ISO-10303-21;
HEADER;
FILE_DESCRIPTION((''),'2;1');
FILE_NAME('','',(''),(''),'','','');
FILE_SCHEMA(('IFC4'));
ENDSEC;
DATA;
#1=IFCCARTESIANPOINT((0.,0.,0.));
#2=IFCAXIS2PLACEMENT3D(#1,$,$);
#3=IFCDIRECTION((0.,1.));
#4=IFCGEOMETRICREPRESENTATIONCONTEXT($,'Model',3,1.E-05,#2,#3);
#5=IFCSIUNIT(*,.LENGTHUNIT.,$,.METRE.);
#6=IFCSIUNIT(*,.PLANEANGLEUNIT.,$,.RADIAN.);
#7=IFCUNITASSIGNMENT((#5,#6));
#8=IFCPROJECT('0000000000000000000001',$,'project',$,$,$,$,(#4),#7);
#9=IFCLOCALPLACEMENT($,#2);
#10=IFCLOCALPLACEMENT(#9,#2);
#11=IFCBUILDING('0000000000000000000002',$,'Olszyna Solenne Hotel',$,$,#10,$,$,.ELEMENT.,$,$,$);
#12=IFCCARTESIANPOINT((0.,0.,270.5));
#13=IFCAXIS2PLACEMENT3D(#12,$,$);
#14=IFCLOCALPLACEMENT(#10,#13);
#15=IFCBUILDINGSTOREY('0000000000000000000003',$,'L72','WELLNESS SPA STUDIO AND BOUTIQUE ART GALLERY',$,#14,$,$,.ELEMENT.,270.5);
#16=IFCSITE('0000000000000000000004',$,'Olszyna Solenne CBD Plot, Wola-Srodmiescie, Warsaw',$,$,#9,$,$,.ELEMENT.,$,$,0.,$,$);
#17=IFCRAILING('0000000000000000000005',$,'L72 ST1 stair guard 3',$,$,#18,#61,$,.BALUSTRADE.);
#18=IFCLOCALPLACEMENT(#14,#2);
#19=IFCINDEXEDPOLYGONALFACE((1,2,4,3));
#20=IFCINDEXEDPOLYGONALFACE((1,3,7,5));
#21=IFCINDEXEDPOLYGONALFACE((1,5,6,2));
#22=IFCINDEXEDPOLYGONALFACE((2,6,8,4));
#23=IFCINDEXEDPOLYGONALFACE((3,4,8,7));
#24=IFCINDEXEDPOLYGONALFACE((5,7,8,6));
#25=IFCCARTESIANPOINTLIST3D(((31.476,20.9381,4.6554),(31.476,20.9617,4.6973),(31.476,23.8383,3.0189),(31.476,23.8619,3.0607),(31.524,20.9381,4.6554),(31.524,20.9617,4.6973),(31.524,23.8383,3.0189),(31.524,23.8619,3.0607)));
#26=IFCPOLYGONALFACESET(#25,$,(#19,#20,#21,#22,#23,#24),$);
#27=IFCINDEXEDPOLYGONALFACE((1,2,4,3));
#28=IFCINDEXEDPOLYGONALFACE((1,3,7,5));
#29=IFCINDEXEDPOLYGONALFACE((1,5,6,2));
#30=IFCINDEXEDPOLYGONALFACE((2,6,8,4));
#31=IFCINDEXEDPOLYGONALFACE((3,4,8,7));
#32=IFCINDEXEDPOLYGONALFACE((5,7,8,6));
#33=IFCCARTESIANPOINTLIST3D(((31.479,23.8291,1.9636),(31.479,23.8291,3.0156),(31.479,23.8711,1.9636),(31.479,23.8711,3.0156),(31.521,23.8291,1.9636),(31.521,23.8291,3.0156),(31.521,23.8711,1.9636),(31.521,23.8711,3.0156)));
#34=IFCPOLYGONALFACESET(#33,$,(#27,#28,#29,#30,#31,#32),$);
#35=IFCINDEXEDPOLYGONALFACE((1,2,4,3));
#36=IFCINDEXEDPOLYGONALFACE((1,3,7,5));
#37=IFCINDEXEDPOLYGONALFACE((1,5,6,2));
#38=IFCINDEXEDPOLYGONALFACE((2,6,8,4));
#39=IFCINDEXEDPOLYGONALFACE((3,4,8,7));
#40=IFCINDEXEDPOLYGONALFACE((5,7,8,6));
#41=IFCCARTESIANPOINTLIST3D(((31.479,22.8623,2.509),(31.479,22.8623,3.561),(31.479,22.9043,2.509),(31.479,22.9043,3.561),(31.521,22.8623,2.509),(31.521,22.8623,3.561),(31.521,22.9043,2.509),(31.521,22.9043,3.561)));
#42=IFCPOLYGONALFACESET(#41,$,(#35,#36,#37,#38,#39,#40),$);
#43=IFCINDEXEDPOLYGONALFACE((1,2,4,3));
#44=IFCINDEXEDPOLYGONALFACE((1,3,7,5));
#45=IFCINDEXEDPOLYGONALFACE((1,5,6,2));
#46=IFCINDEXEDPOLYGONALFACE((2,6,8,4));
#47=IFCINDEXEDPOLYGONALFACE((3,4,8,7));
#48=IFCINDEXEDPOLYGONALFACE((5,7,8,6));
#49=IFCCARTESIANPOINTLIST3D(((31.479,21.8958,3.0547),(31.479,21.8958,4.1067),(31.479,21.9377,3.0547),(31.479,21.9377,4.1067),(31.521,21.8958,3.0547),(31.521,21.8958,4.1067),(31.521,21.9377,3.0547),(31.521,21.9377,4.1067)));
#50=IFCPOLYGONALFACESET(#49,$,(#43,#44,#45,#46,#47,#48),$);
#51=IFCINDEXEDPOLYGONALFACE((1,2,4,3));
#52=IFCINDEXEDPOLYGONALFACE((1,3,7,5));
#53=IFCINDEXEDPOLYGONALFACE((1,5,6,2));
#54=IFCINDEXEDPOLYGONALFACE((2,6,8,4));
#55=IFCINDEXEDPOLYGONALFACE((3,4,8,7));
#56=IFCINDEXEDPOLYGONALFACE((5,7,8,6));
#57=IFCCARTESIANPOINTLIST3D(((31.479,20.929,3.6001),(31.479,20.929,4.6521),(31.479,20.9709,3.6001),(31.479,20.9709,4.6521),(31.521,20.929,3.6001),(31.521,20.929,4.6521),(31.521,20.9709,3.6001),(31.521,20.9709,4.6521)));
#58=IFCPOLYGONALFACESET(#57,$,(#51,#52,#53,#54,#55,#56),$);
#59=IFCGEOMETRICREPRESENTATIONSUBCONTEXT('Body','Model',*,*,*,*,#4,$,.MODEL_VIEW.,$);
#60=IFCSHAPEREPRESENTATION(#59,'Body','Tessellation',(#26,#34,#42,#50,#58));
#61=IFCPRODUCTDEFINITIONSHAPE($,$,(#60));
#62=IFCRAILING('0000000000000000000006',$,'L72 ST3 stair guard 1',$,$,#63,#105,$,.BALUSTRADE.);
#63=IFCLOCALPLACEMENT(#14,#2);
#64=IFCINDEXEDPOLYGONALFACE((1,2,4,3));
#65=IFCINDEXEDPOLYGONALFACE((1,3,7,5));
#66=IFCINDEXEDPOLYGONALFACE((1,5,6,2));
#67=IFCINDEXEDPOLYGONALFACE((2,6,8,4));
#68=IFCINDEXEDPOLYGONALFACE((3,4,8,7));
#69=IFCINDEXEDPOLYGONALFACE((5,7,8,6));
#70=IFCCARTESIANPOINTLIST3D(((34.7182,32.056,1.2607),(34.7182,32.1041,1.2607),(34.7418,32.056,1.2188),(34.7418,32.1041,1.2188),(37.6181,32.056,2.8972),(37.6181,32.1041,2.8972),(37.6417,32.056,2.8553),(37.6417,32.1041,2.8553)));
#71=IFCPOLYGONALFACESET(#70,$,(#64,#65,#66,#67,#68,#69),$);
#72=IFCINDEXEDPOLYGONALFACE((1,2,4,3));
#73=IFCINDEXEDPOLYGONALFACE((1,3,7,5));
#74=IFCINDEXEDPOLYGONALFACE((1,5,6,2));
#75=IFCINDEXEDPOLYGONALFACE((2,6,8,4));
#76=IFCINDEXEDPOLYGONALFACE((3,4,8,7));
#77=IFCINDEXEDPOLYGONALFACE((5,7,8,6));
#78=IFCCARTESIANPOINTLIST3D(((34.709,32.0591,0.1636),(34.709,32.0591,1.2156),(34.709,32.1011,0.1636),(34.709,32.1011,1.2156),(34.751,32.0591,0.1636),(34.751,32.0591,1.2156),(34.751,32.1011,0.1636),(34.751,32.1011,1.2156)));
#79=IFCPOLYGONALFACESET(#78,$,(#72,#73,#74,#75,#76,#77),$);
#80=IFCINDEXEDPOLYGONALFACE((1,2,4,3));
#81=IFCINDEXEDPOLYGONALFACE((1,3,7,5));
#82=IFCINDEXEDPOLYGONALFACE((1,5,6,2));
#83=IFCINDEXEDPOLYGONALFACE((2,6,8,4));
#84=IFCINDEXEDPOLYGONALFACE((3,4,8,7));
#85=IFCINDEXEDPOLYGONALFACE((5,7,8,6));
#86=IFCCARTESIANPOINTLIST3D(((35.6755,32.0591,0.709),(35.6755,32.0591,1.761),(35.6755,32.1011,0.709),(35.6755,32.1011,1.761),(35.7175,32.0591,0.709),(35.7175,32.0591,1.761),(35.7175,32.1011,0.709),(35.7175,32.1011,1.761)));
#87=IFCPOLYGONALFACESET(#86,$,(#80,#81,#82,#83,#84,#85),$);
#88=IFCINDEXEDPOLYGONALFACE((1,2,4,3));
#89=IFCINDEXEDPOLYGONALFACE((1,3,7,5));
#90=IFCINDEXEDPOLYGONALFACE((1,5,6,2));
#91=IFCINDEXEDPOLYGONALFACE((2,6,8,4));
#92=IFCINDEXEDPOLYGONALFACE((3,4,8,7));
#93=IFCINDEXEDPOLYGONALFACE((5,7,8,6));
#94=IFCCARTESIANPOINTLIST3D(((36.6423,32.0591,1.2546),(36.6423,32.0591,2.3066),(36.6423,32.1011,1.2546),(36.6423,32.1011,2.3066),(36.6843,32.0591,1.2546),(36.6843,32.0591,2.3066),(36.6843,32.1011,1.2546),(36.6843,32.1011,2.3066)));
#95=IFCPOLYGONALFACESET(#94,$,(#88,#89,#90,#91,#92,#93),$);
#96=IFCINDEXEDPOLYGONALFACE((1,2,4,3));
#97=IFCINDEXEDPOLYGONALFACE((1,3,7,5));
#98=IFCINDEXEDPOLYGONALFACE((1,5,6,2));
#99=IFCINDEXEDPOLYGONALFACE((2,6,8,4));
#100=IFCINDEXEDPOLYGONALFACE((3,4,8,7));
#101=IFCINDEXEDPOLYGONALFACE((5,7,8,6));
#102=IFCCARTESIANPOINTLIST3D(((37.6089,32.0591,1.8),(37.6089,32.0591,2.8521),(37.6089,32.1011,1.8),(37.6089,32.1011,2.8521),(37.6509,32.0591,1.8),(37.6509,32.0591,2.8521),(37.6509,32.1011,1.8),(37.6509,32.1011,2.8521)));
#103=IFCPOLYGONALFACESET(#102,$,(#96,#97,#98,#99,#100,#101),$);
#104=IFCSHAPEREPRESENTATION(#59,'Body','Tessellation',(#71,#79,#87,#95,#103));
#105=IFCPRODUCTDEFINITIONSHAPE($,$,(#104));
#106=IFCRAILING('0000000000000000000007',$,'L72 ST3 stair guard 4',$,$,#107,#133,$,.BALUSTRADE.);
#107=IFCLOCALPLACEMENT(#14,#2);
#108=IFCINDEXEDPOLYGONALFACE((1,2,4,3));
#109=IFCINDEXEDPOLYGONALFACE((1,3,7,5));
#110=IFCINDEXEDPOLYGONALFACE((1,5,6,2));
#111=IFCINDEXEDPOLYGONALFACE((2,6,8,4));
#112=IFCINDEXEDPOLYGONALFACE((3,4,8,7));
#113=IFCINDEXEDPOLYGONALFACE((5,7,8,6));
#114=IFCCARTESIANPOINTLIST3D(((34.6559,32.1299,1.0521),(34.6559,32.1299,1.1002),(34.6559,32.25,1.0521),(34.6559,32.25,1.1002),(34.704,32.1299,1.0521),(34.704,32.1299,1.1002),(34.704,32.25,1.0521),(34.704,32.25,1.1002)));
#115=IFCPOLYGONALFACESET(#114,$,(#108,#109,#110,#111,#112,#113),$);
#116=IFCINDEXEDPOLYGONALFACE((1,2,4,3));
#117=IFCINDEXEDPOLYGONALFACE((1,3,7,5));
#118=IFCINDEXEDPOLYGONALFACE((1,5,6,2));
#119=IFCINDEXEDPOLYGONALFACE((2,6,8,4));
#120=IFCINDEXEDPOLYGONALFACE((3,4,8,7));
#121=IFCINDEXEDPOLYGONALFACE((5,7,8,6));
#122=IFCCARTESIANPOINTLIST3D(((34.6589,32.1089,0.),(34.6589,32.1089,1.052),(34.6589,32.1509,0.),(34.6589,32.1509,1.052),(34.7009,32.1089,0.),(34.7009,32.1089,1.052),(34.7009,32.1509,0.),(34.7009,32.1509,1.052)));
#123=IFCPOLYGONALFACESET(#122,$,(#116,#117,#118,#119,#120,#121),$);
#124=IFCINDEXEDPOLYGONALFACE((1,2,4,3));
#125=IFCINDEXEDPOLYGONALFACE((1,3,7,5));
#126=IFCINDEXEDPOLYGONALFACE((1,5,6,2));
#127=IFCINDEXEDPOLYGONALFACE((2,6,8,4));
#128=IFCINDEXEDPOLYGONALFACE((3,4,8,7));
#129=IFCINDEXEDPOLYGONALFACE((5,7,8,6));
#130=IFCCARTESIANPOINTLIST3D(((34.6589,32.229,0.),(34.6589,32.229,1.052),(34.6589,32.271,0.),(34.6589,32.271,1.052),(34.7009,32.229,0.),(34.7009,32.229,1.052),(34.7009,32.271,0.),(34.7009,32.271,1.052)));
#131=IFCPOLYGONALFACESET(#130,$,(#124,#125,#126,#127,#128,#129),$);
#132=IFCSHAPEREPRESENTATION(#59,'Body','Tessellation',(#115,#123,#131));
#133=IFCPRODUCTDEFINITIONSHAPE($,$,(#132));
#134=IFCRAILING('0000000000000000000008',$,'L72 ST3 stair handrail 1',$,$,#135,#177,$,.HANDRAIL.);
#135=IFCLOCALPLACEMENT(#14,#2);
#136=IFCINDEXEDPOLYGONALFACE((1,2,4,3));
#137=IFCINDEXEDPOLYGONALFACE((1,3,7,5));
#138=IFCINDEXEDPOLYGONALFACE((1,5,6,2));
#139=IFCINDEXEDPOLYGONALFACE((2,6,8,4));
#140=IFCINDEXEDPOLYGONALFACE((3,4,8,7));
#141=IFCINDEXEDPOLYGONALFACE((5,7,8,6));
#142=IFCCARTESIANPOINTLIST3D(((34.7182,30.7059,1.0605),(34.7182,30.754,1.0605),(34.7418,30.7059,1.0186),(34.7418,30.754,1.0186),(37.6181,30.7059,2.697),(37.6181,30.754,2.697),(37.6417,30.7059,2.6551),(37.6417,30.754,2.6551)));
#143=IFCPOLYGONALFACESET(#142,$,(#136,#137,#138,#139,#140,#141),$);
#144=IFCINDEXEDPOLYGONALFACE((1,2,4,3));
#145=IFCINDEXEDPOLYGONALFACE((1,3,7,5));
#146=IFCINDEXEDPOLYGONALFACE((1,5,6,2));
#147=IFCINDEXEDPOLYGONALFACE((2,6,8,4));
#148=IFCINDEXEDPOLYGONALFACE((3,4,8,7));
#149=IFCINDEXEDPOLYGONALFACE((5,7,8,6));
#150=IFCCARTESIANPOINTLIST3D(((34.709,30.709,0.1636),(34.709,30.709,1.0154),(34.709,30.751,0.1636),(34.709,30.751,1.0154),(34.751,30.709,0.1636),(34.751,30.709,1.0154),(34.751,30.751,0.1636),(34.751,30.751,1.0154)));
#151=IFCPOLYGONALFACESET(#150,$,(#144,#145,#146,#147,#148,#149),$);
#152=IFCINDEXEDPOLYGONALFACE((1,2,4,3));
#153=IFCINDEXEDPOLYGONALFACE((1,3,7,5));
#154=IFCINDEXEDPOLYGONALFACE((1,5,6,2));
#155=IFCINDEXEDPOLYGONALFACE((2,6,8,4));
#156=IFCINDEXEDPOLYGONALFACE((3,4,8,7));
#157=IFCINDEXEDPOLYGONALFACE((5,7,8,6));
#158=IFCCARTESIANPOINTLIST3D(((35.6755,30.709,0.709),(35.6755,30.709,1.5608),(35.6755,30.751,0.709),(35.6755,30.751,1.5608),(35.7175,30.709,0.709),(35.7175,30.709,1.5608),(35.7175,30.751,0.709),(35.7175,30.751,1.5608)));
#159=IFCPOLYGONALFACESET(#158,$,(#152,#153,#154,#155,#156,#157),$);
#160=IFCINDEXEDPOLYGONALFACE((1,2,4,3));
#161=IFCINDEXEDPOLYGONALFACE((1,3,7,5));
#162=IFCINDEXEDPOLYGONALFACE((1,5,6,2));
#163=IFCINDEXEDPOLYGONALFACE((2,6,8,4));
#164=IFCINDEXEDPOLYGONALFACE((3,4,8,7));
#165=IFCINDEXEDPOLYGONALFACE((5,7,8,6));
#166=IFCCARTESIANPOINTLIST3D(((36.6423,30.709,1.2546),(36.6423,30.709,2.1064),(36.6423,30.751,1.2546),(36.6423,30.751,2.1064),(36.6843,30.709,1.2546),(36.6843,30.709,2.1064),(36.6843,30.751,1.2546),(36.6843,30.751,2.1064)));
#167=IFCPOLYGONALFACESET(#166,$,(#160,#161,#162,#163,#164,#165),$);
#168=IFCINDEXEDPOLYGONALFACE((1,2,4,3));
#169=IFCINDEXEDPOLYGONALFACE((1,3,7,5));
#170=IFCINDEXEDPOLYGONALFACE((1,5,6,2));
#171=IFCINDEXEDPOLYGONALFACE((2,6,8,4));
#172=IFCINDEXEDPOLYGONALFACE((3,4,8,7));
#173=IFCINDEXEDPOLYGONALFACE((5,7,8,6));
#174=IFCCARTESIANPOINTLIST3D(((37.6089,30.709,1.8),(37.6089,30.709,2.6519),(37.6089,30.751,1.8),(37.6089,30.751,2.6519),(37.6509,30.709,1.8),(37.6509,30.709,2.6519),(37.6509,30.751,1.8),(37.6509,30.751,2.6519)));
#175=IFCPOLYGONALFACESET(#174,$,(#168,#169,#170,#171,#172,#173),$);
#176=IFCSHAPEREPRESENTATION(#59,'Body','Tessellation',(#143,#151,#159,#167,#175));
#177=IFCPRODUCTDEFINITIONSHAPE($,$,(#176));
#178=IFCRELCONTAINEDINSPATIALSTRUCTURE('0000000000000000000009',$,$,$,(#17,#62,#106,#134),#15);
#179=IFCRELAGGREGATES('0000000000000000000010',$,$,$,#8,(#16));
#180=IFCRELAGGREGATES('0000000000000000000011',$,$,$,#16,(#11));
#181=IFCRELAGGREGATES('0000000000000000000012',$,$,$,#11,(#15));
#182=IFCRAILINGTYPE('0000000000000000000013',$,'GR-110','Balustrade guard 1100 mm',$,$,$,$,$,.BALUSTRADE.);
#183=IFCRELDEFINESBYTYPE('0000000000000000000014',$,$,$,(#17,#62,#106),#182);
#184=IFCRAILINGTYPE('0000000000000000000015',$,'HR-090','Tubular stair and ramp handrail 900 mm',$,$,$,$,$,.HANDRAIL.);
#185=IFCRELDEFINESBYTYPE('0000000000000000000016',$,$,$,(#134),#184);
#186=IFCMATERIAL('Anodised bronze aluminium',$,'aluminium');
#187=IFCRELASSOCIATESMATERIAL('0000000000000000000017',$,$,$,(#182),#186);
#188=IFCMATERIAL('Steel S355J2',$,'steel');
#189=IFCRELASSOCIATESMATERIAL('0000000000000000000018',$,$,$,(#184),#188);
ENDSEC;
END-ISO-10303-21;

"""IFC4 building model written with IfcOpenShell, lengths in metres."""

from ifc_helpers import new_model, si_unit, direction, frame, origin, origin_2d, place, context, subcontext, project, spatial, rectangle, extrude, material, type_object, element, save


model = new_model("IFC4")

# Units and contexts
model_context = context("Model", 3, precision=1e-05, world=origin(), true_north=direction((0.0, 1.0)))
body_context = subcontext(model_context, "Body", "Model", "MODEL_VIEW")
ifc_project = project(units=[si_unit("LENGTHUNIT", "METRE"), si_unit("PLANEANGLEUNIT", "RADIAN")], contexts=[model_context])

# Site, building, storey
site_placement = place(None, origin())
site = spatial("IfcSite", under=ifc_project, at=site_placement, Name="Olszyna Solenne CBD Plot, Wola-Srodmiescie, Warsaw", CompositionType="ELEMENT", RefElevation=0.0)
building_placement = place(site_placement, origin())
building = spatial("IfcBuilding", under=site, at=building_placement, Name="Olszyna Solenne Hotel", CompositionType="ELEMENT")
storey_placement = place(building_placement, frame((0.0, 0.0, 270.5)))
storey = spatial("IfcBuildingStorey", under=building, at=storey_placement, Name="L72", Description="WELLNESS SPA STUDIO AND BOUTIQUE ART GALLERY", CompositionType="ELEMENT", Elevation=270.5)

# Shared definitions
ifc_material_1 = material(Name="Steel S355J2", Category="steel")

# Shared definitions
ifc_material_2 = material(Name="Anodised bronze aluminium", Category="aluminium")

# Railings
railing_type_1 = type_object("IfcRailingType", Name="GR-110", Description="Balustrade guard 1100 mm", PredefinedType="BALUSTRADE", material=ifc_material_2)
railing_1_placement = place(storey_placement, frame((31.5, 23.8501, 1.9636)))
element("IfcRailing", 1, at=railing_1_placement, inside=storey, type_object=railing_type_1, Name="L72 ST1 stair guard 3", PredefinedType="BALUSTRADE", context=body_context, shape_type="SweptSolid", body=[
    extrude(rectangle(XDim=0.0481, YDim=0.0481, at=origin_2d()), frame((0.0, 0.0, 1.0762), z_axis=(0.0, -0.870915, 0.491434), x_axis=(1.0, 0.0, 0.0)), (0.0, 0.0, 1.0), 3.3301),
    extrude(rectangle(XDim=0.042, YDim=0.042, at=origin_2d()), origin(), (0.0, 0.0, 1.0), 1.052),
    extrude(rectangle(XDim=0.042, YDim=0.042, at=origin_2d()), frame((0.0, -0.9668, 0.5454)), (0.0, 0.0, 1.0), 1.052),
    extrude(rectangle(XDim=0.042, YDim=0.042, at=origin_2d()), frame((0.0, -1.9333, 1.0911)), (0.0, 0.0, 1.0), 1.052),
    extrude(rectangle(XDim=0.042, YDim=0.042, at=origin_2d()), frame((0.0, -2.9001, 1.6365)), (0.0, 0.0, 1.0), 1.052),
])
railing_2_placement = place(storey_placement, frame((34.73, 32.0801, 0.1636)))
element("IfcRailing", 2, at=railing_2_placement, inside=storey, type_object=railing_type_1, Name="L72 ST3 stair guard 1", PredefinedType="BALUSTRADE", context=body_context, shape_type="SweptSolid", body=[
    extrude(rectangle(XDim=0.0481, YDim=0.0481, at=origin_2d()), frame((0.0, 0.0, 1.0762), z_axis=(0.870897, 0.0, 0.491465), x_axis=(0.0, 1.0, 0.0)), (0.0, 0.0, 1.0), 3.3298),
    extrude(rectangle(XDim=0.042, YDim=0.042, at=origin_2d()), origin(), (0.0, 0.0, 1.0), 1.052),
    extrude(rectangle(XDim=0.042, YDim=0.042, at=origin_2d()), frame((0.9666, 0.0, 0.5454)), (0.0, 0.0, 1.0), 1.052),
    extrude(rectangle(XDim=0.042, YDim=0.042, at=origin_2d()), frame((1.9333, 0.0, 1.0911)), (0.0, 0.0, 1.0), 1.052),
    extrude(rectangle(XDim=0.042, YDim=0.042, at=origin_2d()), frame((2.8999, 0.0, 1.6365)), (0.0, 0.0, 1.0), 1.052),
])
railing_3_placement = place(storey_placement, frame((34.6799, 32.1299, 0.0)))
element("IfcRailing", 3, at=railing_3_placement, inside=storey, type_object=railing_type_1, Name="L72 ST3 stair guard 4", PredefinedType="BALUSTRADE", context=body_context, shape_type="SweptSolid", body=[
    extrude(rectangle(XDim=0.0481, YDim=0.0481, at=origin_2d()), frame((0.0, 0.0, 1.0762), z_axis=(0.0, 1.0, 0.0), x_axis=(-1.0, 0.0, 0.0)), (0.0, 0.0, 1.0), 0.1201),
    extrude(rectangle(XDim=0.042, YDim=0.042, at=origin_2d()), origin(), (0.0, 0.0, 1.0), 1.052),
    extrude(rectangle(XDim=0.042, YDim=0.042, at=origin_2d()), frame((0.0, 0.1201, 0.0)), (0.0, 0.0, 1.0), 1.052),
])
railing_type_2 = type_object("IfcRailingType", Name="HR-090", Description="Tubular stair and ramp handrail 900 mm", PredefinedType="HANDRAIL", material=ifc_material_1)
railing_4_placement = place(storey_placement, frame((34.73, 30.73, 0.1636)))
element("IfcRailing", 4, at=railing_4_placement, inside=storey, type_object=railing_type_2, Name="L72 ST3 stair handrail 1", PredefinedType="HANDRAIL", context=body_context, shape_type="SweptSolid", body=[
    extrude(rectangle(XDim=0.0481, YDim=0.0481, at=origin_2d()), frame((0.0, 0.0, 0.876), z_axis=(0.870897, 0.0, 0.491465), x_axis=(0.0, 1.0, 0.0)), (0.0, 0.0, 1.0), 3.3298),
    extrude(rectangle(XDim=0.042, YDim=0.042, at=origin_2d()), origin(), (0.0, 0.0, 1.0), 0.8518),
    extrude(rectangle(XDim=0.042, YDim=0.042, at=origin_2d()), frame((0.9666, 0.0, 0.5454)), (0.0, 0.0, 1.0), 0.8518),
    extrude(rectangle(XDim=0.042, YDim=0.042, at=origin_2d()), frame((1.9333, 0.0, 1.0911)), (0.0, 0.0, 1.0), 0.8518),
    extrude(rectangle(XDim=0.042, YDim=0.042, at=origin_2d()), frame((2.8999, 0.0, 1.6365)), (0.0, 0.0, 1.0), 0.8518),
])

save(model, "model.ifc")
